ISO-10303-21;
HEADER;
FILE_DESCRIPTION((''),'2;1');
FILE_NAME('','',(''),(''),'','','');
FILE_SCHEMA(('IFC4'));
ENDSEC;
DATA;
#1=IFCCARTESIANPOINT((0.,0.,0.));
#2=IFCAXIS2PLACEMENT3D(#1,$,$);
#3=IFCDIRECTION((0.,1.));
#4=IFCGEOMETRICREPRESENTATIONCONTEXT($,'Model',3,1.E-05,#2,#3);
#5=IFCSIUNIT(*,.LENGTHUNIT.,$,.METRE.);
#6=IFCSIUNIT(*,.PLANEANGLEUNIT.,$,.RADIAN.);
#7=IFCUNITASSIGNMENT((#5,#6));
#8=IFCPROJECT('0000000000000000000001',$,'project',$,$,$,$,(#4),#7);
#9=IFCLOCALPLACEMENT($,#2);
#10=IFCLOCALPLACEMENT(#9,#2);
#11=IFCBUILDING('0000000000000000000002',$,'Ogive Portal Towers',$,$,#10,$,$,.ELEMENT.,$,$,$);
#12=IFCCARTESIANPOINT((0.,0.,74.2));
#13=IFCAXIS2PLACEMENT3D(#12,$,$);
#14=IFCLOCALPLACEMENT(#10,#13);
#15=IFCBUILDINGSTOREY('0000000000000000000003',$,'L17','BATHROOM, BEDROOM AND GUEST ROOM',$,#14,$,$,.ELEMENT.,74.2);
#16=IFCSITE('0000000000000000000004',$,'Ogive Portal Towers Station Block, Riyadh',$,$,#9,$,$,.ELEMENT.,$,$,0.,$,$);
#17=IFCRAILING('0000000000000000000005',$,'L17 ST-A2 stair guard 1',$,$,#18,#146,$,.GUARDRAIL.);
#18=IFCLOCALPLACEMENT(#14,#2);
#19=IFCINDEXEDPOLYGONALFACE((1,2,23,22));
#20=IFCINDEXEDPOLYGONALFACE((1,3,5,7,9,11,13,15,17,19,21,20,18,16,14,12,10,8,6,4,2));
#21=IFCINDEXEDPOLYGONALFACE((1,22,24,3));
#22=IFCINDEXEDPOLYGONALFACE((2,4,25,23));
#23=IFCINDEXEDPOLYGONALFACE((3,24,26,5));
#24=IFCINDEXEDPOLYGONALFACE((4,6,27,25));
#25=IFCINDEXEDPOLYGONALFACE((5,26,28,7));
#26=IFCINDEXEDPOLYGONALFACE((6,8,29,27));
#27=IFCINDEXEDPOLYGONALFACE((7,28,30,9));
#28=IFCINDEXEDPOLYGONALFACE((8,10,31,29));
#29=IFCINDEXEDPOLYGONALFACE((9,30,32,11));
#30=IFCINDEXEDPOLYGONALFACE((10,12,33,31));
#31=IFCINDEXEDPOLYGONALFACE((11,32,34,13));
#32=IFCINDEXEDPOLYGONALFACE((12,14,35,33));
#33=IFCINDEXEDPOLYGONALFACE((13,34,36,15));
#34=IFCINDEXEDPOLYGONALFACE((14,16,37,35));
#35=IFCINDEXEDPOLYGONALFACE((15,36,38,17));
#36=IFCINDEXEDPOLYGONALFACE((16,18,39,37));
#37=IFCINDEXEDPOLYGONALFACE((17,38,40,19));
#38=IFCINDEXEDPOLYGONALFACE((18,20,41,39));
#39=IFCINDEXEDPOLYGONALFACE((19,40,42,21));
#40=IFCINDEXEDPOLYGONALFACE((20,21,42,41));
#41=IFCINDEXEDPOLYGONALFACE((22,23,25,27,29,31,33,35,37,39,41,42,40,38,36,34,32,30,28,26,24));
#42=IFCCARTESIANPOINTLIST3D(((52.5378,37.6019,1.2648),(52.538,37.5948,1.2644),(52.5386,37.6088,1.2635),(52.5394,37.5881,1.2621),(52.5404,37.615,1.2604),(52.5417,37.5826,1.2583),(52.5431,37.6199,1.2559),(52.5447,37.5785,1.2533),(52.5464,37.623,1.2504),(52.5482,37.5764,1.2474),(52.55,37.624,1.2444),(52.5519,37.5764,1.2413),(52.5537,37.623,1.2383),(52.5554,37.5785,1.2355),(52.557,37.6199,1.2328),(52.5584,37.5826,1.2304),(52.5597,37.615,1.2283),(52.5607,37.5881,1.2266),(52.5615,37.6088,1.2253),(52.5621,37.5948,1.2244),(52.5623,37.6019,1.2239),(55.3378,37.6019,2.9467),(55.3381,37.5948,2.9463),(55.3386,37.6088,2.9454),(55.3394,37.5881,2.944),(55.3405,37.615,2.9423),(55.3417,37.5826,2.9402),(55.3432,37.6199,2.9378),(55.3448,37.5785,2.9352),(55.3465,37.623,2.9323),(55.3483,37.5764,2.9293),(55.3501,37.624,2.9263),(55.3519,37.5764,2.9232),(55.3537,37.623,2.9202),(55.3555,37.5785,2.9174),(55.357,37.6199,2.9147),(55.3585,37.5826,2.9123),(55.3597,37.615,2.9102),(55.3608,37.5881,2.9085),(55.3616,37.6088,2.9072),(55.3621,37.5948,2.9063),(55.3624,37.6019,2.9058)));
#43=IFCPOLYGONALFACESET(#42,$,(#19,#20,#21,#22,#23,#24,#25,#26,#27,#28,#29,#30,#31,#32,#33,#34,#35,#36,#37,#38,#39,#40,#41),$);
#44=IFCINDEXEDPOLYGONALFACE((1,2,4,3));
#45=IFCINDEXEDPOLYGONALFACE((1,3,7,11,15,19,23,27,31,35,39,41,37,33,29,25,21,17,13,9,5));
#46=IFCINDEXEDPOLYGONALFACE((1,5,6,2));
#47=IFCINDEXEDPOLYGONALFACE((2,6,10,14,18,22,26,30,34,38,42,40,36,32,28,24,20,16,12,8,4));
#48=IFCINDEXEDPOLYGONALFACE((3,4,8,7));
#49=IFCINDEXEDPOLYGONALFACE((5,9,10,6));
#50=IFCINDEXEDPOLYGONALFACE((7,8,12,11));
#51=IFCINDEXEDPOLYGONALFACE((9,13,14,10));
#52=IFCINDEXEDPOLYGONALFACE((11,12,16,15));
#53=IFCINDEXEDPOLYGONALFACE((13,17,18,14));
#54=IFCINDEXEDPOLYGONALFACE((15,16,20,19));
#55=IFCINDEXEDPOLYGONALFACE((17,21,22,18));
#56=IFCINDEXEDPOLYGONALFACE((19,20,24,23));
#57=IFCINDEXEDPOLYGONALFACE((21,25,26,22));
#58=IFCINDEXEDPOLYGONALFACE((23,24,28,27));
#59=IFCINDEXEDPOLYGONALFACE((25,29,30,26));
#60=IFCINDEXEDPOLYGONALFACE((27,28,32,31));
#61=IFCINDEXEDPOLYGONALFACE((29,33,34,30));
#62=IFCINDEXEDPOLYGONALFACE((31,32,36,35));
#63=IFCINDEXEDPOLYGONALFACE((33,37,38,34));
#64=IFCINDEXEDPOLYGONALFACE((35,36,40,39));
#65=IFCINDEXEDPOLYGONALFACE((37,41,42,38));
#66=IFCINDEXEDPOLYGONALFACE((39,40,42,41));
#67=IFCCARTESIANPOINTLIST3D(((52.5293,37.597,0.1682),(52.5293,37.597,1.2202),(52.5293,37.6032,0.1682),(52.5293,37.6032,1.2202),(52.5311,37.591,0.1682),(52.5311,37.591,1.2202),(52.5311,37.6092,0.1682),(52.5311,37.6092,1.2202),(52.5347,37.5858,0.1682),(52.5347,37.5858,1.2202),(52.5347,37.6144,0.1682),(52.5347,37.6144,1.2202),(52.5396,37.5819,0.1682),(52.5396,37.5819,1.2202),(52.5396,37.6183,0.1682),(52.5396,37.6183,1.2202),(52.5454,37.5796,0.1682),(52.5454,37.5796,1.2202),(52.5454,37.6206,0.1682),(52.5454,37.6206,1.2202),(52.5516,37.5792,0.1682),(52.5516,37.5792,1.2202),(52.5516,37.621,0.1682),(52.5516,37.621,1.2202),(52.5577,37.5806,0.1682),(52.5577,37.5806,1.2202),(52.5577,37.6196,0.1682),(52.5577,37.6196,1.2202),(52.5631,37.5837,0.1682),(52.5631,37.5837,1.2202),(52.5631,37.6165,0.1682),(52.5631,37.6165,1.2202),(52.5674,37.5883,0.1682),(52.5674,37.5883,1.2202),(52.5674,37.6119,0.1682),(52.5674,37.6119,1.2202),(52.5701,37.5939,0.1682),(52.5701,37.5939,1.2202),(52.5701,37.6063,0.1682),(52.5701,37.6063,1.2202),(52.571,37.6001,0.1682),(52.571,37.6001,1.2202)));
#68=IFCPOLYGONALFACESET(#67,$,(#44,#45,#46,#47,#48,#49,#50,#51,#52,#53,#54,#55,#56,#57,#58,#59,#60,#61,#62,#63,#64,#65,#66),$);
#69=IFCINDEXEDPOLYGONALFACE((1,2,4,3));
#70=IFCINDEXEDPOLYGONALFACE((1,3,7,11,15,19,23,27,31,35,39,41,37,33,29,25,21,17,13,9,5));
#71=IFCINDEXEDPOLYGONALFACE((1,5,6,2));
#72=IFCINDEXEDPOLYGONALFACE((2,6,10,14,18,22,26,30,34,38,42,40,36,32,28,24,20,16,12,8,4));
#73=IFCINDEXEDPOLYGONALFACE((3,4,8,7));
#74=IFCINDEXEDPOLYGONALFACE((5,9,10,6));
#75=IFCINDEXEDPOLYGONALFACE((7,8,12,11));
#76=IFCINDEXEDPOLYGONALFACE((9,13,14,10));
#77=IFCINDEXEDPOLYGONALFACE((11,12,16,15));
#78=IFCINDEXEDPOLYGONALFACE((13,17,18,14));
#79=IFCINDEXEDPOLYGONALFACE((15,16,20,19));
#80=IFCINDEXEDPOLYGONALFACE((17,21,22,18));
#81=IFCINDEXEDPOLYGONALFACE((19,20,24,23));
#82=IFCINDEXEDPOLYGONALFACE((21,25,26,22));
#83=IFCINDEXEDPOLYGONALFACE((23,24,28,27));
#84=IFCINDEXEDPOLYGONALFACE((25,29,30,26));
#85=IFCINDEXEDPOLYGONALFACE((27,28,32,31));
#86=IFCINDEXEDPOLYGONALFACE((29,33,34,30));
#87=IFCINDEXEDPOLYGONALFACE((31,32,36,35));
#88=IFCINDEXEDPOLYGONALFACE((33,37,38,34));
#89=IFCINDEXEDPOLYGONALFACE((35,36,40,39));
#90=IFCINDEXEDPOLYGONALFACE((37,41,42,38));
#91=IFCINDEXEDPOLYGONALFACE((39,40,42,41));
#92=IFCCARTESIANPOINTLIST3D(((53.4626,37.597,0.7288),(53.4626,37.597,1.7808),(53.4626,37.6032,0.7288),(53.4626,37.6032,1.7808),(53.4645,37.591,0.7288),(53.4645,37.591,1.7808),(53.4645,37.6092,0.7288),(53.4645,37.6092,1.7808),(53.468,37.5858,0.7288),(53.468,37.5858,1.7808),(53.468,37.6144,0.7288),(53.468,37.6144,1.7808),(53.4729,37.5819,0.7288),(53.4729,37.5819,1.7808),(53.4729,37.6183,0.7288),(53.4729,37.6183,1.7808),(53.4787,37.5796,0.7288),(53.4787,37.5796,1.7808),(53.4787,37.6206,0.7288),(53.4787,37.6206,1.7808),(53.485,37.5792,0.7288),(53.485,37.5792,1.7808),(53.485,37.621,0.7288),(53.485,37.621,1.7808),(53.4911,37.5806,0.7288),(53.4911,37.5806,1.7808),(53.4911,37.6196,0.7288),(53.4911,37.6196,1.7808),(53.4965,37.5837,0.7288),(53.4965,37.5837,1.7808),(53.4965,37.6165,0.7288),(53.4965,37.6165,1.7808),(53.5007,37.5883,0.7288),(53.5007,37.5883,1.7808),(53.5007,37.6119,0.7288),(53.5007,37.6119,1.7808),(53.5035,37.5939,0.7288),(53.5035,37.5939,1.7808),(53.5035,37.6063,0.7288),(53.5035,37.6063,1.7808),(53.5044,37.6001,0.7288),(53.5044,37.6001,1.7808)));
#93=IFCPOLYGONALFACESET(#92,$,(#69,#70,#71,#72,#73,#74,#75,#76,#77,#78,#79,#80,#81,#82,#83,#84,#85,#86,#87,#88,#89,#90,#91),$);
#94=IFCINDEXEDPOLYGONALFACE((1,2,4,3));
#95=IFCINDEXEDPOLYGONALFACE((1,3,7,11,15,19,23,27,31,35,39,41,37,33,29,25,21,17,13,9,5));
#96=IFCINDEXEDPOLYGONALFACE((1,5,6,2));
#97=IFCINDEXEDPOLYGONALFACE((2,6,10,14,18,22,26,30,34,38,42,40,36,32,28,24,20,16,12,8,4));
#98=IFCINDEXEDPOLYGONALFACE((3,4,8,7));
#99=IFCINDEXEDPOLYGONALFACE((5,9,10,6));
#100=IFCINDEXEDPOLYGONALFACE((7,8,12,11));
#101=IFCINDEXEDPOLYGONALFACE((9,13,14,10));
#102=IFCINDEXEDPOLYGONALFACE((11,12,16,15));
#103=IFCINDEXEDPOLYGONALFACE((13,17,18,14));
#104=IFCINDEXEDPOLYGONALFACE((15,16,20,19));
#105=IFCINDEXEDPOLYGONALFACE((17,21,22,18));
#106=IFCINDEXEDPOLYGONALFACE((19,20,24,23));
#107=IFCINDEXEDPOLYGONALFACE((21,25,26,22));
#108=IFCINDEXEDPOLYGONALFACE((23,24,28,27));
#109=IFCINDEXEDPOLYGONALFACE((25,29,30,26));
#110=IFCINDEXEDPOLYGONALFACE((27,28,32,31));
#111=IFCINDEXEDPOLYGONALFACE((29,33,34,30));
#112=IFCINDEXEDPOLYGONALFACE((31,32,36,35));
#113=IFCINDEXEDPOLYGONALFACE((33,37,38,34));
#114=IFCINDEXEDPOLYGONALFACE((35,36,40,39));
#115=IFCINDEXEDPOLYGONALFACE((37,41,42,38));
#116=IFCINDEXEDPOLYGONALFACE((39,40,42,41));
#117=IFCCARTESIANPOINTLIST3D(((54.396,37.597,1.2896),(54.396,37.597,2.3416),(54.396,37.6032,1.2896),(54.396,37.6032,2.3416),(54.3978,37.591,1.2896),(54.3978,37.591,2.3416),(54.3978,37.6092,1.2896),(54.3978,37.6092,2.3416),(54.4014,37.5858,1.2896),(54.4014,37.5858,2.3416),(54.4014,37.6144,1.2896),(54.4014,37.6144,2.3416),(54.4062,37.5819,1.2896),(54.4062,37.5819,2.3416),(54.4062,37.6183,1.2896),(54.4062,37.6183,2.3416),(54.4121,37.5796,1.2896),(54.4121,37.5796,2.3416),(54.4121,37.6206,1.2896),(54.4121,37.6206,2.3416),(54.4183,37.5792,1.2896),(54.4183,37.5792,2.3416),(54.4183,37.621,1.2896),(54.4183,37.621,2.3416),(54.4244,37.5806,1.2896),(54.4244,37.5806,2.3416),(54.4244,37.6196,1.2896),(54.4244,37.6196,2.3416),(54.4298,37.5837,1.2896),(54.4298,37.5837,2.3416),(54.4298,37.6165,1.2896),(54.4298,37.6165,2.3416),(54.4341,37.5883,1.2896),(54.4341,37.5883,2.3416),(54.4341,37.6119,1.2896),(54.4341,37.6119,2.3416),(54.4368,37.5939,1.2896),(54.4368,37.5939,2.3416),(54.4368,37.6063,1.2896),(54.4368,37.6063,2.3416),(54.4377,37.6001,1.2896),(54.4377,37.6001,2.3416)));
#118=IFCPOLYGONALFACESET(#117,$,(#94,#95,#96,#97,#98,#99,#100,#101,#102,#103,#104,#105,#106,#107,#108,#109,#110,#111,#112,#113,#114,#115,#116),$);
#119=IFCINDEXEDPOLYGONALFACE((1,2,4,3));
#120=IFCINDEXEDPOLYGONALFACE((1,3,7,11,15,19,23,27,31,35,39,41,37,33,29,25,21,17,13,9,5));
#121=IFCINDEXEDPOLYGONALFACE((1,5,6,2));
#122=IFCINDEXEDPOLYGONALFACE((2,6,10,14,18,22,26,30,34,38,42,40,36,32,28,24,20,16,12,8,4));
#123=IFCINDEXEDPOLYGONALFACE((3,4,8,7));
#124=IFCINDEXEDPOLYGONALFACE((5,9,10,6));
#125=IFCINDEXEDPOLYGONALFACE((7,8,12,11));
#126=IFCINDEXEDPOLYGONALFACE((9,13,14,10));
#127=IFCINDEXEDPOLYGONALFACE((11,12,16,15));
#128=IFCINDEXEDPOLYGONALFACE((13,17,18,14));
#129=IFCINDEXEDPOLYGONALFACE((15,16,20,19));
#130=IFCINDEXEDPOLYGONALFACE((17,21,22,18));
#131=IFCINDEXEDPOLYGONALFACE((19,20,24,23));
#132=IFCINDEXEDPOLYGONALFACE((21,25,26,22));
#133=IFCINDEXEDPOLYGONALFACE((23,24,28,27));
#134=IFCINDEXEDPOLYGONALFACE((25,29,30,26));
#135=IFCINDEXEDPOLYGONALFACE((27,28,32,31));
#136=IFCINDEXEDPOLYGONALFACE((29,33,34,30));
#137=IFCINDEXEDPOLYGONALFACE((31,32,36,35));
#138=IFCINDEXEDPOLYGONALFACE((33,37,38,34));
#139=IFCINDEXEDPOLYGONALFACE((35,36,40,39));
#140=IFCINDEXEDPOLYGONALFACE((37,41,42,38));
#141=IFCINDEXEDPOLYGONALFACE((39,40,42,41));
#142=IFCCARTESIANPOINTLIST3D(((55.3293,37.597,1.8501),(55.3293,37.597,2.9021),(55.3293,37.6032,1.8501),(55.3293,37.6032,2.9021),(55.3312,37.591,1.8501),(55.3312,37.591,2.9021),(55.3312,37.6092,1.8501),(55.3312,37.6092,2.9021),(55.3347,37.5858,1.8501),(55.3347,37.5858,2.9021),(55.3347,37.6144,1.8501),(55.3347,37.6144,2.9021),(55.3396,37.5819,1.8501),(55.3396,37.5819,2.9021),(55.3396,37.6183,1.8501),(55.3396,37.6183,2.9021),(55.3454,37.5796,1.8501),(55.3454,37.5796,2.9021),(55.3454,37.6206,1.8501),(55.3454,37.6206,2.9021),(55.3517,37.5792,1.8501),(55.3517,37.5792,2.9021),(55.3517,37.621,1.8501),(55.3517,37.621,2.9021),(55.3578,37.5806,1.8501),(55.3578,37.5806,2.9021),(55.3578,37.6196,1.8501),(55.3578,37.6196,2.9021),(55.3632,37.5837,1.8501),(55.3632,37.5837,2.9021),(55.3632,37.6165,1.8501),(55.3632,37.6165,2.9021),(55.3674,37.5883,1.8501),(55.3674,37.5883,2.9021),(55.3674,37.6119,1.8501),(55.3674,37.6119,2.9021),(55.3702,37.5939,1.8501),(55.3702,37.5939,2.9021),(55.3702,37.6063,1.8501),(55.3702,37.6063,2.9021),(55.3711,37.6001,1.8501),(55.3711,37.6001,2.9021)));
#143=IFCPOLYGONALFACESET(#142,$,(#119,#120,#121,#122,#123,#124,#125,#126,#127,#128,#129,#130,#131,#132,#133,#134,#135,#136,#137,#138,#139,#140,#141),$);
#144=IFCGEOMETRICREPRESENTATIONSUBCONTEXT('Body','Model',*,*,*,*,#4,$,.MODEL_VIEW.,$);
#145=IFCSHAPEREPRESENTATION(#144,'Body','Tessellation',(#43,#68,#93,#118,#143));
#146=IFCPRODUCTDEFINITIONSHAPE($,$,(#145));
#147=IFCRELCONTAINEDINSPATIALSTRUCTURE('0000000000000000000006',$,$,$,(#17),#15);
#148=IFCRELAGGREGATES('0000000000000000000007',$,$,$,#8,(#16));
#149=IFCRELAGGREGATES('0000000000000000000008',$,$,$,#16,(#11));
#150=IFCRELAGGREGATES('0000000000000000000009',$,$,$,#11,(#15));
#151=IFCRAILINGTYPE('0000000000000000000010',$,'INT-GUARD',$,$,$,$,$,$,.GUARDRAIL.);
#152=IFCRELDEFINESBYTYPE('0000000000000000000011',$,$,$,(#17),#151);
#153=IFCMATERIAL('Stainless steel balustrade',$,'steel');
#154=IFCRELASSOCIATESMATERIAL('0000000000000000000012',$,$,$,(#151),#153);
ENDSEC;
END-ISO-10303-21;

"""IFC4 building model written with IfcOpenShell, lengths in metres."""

from ifc_helpers import new_model, si_unit, direction, frame, origin, origin_2d, place, context, subcontext, project, spatial, circle, extrude, material, type_object, element, save


model = new_model("IFC4")

# Units and contexts
model_context = context("Model", 3, precision=1e-05, world=origin(), true_north=direction((0.0, 1.0)))
body_context = subcontext(model_context, "Body", "Model", "MODEL_VIEW")
ifc_project = project(units=[si_unit("LENGTHUNIT", "METRE"), si_unit("PLANEANGLEUNIT", "RADIAN")], contexts=[model_context])

# Site, building, storey
site_placement = place(None, origin())
site = spatial("IfcSite", under=ifc_project, at=site_placement, Name="Ogive Portal Towers Station Block, Riyadh", CompositionType="ELEMENT", RefElevation=0.0)
building_placement = place(site_placement, origin())
building = spatial("IfcBuilding", under=site, at=building_placement, Name="Ogive Portal Towers", CompositionType="ELEMENT")
storey_placement = place(building_placement, frame((0.0, 0.0, 74.2)))
storey = spatial("IfcBuildingStorey", under=building, at=storey_placement, Name="L17", Description="BATHROOM, BEDROOM AND GUEST ROOM", CompositionType="ELEMENT", Elevation=74.2)

# Railing
ifc_material_1 = material(Name="Stainless steel balustrade", Category="steel")
railing_type_1 = type_object("IfcRailingType", Name="INT-GUARD", PredefinedType="GUARDRAIL", material=ifc_material_1)
railing_1_placement = place(storey_placement, frame((52.55, 37.6001, 0.1682)))
element("IfcRailing", 1, at=railing_1_placement, inside=storey, type_object=railing_type_1, Name="L17 ST-A2 stair guard 1", PredefinedType="GUARDRAIL", context=body_context, shape_type="SweptSolid", body=[
    extrude(circle(Radius=0.0239, at=origin_2d()), frame((0.0, 0.0, 1.0762), z_axis=(0.857242, 0.0, 0.514913), x_axis=(0.0, 1.0, 0.0)), (0.0, 0.0, 1.0), 3.2664),
    extrude(circle(Radius=0.021, at=origin_2d()), origin(), (0.0, 0.0, 1.0), 1.052),
    extrude(circle(Radius=0.021, at=origin_2d()), frame((0.9333, 0.0, 0.5605)), (0.0, 0.0, 1.0), 1.052),
    extrude(circle(Radius=0.021, at=origin_2d()), frame((1.8667, 0.0, 1.1213)), (0.0, 0.0, 1.0), 1.052),
    extrude(circle(Radius=0.021, at=origin_2d()), frame((2.8, 0.0, 1.6819)), (0.0, 0.0, 1.0), 1.052),
])

save(model, "model.ifc")
